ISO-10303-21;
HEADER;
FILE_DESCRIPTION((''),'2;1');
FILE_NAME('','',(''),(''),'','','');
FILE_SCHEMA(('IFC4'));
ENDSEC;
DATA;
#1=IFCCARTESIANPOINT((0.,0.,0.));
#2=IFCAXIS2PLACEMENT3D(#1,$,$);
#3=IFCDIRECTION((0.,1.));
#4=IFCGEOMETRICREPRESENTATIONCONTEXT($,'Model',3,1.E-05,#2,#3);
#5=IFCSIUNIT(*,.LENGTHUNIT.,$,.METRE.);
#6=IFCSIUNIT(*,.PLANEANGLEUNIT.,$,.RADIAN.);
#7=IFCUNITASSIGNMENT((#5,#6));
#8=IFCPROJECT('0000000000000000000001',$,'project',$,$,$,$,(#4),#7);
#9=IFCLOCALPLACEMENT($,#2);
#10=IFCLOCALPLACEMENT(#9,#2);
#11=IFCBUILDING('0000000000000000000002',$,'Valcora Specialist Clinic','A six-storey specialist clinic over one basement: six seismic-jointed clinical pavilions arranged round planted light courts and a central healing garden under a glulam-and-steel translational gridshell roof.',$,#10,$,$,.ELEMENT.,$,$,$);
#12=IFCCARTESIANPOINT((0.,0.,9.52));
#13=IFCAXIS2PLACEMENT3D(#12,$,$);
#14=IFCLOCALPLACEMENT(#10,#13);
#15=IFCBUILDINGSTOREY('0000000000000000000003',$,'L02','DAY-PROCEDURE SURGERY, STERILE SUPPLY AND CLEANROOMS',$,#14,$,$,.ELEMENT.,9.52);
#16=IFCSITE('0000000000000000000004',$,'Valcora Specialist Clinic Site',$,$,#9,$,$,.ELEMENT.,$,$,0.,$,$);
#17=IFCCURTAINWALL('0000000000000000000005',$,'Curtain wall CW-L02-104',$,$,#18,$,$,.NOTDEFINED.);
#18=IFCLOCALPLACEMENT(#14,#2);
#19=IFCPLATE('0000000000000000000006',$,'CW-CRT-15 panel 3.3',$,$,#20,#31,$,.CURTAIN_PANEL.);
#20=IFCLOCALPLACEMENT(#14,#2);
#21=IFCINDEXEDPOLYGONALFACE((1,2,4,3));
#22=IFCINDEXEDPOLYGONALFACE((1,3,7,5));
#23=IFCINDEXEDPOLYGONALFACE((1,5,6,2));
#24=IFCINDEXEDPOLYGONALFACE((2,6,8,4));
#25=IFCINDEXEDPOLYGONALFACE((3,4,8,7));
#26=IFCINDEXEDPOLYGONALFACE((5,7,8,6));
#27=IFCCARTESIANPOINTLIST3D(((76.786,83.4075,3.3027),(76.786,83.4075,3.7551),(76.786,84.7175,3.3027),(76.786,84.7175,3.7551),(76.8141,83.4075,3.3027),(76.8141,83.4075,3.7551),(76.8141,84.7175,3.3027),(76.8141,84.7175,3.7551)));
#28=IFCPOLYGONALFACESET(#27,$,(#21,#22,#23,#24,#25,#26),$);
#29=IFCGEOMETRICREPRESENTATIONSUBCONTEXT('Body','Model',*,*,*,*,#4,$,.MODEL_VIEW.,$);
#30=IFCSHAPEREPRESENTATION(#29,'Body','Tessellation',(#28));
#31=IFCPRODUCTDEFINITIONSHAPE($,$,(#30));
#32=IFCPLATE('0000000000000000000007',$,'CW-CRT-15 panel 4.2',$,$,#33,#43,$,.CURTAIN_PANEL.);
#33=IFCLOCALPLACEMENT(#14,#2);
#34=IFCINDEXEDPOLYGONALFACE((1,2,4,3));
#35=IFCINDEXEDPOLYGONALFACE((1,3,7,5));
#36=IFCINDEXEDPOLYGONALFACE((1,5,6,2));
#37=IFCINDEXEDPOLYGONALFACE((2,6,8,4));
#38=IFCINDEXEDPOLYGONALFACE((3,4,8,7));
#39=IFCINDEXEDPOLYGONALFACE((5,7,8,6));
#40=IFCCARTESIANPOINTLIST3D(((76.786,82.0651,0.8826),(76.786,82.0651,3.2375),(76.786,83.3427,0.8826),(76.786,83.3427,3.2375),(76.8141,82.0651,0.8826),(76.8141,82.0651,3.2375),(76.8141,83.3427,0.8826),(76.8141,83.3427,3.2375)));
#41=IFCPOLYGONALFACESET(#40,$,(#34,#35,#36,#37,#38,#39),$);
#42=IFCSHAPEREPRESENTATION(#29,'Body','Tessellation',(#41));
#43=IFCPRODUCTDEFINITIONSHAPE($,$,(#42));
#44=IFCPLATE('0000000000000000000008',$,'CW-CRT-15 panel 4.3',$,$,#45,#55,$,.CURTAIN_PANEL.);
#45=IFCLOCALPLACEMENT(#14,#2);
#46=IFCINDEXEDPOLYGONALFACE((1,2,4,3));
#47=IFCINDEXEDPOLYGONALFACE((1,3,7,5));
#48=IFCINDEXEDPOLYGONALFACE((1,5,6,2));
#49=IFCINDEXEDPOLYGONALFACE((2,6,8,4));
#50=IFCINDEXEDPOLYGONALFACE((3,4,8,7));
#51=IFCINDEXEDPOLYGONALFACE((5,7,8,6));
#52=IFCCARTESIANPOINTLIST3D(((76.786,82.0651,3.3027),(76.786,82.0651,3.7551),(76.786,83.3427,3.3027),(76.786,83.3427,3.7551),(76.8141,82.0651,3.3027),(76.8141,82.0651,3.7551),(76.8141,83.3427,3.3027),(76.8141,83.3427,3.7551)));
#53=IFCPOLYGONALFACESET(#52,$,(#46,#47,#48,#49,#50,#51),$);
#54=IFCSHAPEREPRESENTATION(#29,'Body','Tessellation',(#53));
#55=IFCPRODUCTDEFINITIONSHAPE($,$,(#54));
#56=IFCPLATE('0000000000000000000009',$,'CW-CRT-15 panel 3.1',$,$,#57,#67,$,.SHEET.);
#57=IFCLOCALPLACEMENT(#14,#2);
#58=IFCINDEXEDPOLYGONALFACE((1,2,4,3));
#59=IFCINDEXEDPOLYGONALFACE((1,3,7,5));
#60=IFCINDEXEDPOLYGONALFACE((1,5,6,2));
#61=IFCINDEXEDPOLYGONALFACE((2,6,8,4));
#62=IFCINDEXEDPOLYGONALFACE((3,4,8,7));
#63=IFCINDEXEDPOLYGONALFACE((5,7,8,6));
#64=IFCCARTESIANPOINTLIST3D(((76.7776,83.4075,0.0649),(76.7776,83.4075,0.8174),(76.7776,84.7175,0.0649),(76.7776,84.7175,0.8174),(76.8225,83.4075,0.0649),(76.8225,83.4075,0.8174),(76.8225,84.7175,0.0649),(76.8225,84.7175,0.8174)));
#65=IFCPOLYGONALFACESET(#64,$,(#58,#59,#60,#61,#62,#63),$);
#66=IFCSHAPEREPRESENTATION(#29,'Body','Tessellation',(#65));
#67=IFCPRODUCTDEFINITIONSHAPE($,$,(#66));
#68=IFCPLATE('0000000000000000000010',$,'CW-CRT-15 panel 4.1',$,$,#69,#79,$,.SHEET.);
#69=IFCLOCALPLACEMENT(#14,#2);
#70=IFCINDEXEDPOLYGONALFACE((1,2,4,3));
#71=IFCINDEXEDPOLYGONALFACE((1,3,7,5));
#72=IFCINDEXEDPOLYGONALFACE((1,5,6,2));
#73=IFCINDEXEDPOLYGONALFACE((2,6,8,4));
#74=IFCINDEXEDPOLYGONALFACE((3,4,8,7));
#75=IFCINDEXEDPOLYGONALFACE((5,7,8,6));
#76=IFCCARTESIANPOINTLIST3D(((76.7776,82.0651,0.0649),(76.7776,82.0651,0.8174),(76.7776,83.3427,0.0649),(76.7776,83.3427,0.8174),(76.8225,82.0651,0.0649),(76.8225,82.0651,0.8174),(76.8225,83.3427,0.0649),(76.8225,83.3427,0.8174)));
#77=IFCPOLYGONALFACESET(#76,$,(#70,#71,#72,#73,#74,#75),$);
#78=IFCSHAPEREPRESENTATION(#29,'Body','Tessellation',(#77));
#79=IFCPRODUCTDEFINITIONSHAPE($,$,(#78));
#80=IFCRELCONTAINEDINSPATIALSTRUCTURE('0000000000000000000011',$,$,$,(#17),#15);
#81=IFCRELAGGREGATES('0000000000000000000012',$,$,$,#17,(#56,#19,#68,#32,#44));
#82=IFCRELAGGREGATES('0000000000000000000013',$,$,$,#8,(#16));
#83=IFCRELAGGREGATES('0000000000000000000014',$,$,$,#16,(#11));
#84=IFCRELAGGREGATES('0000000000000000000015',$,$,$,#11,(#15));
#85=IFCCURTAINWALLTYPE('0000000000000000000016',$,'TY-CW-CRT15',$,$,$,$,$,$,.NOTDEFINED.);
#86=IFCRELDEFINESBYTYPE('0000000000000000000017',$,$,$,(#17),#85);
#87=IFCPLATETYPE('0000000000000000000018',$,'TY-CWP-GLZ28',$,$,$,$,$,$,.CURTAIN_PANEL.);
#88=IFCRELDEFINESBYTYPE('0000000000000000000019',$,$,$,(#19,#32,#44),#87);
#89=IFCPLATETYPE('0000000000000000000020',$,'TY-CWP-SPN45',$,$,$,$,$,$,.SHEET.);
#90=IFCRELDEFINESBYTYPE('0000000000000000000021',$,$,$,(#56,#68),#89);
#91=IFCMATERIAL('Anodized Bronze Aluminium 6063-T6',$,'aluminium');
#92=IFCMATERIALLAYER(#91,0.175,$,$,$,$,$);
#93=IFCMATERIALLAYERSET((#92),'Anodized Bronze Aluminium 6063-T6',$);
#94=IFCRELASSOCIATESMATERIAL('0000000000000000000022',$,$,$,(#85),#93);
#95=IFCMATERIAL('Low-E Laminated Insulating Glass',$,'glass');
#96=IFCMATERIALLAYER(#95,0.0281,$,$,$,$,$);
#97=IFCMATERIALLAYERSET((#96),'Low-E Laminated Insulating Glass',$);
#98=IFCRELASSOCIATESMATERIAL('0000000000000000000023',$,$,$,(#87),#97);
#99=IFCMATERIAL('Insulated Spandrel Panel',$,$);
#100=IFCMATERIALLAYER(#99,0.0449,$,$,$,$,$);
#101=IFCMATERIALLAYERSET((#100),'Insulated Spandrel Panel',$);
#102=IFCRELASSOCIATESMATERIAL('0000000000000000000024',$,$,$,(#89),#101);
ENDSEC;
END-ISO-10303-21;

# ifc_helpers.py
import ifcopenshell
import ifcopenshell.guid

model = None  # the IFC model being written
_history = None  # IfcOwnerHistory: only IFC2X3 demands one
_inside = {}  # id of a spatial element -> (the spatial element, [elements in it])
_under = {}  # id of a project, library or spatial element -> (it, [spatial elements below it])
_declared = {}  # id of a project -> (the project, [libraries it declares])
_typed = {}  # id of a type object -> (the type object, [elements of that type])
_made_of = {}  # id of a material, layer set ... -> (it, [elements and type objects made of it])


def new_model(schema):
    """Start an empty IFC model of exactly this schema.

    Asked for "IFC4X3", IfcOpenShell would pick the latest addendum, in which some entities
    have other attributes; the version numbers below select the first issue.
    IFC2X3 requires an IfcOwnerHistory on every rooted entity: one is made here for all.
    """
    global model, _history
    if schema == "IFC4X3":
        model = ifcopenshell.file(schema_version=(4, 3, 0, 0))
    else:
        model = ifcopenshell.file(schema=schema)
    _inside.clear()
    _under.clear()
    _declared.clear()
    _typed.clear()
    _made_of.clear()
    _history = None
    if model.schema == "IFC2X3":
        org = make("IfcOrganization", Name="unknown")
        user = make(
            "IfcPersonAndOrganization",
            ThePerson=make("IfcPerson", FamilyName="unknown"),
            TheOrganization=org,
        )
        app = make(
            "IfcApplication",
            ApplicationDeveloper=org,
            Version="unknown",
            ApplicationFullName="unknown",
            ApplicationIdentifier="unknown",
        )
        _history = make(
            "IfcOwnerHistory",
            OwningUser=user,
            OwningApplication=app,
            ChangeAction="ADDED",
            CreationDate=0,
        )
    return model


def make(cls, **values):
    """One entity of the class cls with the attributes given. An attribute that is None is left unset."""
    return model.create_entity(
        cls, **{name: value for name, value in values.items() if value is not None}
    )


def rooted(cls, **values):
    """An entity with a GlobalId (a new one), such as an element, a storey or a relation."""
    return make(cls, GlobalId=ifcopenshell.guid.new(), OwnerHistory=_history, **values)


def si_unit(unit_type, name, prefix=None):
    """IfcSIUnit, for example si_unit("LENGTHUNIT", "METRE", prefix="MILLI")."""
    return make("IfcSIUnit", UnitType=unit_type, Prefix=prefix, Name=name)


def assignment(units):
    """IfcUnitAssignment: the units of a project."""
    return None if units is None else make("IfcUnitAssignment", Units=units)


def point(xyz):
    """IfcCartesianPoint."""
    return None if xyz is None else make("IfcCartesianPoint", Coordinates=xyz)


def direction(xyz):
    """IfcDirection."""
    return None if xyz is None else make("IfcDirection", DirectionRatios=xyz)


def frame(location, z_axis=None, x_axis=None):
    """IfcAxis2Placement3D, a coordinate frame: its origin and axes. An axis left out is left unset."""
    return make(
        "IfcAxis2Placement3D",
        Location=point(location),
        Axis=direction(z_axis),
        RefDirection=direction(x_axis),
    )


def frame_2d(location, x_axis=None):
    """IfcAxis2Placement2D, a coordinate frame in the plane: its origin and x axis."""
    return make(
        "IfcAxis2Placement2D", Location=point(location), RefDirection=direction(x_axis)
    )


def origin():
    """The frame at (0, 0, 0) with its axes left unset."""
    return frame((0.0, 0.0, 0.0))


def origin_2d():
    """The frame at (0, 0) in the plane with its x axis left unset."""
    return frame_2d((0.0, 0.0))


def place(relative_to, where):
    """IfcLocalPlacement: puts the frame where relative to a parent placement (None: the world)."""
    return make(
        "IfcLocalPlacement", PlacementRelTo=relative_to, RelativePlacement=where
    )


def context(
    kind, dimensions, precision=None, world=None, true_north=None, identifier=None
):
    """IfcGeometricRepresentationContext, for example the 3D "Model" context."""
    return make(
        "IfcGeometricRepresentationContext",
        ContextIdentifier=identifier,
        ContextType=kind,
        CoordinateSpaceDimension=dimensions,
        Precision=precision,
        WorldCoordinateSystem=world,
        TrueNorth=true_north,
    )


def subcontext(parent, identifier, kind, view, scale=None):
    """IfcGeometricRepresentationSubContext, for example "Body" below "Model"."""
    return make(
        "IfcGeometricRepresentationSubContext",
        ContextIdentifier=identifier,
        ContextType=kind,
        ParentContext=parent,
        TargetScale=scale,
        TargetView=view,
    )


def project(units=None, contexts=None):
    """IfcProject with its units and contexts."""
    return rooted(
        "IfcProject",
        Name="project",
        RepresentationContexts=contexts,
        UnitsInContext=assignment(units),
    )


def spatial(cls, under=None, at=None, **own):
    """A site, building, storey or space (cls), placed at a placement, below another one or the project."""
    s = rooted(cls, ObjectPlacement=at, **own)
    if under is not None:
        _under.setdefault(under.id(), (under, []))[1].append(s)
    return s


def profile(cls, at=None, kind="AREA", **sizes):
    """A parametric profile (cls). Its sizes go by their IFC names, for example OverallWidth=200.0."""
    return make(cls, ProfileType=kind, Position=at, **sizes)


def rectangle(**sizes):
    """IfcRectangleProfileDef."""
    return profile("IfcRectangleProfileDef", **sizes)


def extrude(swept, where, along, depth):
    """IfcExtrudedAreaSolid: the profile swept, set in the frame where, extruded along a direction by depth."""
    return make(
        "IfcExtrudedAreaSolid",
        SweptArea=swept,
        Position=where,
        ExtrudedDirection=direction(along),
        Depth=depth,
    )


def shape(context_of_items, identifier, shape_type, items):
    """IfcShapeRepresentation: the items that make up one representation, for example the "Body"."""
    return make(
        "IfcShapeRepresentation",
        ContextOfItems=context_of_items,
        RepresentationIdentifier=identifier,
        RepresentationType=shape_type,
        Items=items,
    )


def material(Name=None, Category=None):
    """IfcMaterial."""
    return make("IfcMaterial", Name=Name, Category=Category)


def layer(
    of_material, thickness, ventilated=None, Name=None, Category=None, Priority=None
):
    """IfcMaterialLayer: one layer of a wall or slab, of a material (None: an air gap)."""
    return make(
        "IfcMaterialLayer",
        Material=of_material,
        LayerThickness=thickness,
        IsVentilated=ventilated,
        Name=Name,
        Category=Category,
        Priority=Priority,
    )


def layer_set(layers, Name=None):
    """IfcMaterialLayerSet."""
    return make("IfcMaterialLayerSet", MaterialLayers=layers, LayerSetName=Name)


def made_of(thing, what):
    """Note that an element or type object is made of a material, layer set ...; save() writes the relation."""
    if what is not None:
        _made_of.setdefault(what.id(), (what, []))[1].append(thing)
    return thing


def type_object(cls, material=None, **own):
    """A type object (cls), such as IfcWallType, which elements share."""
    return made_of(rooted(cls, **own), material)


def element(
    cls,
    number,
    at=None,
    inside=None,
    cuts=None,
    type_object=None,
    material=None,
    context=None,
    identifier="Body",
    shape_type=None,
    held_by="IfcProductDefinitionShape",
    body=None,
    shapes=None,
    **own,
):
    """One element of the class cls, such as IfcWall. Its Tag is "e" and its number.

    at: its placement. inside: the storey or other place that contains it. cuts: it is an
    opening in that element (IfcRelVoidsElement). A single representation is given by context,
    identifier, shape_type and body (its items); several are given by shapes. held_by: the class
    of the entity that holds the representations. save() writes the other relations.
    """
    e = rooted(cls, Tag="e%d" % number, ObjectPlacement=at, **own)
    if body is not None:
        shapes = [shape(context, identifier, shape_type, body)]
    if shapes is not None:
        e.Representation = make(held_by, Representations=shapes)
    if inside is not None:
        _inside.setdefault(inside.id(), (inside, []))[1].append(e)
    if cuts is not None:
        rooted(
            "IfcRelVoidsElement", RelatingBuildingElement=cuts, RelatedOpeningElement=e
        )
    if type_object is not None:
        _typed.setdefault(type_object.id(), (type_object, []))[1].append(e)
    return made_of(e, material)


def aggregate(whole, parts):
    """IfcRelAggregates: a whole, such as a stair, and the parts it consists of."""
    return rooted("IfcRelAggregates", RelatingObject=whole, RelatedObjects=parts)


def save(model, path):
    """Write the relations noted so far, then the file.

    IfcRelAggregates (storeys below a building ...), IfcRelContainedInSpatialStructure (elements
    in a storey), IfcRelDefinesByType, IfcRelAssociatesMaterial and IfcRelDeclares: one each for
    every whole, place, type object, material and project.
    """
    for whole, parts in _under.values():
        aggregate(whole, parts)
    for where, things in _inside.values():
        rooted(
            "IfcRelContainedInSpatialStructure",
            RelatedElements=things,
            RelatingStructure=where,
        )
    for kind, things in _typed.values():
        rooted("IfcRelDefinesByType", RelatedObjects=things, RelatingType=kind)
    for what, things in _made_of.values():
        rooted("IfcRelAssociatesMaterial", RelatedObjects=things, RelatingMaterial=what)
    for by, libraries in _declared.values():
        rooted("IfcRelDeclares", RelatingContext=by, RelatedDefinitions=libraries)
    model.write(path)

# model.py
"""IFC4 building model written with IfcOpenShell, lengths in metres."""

from ifc_helpers import new_model, si_unit, direction, frame, origin, origin_2d, place, context, subcontext, project, spatial, rectangle, extrude, material, layer, layer_set, type_object, element, aggregate, save


model = new_model("IFC4")

# Units and contexts
model_context = context("Model", 3, precision=1e-05, world=origin(), true_north=direction((0.0, 1.0)))
body_context = subcontext(model_context, "Body", "Model", "MODEL_VIEW")
ifc_project = project(units=[si_unit("LENGTHUNIT", "METRE"), si_unit("PLANEANGLEUNIT", "RADIAN")], contexts=[model_context])

# Site, building, storey
site_placement = place(None, origin())
site = spatial("IfcSite", under=ifc_project, at=site_placement, Name="Valcora Specialist Clinic Site", CompositionType="ELEMENT", RefElevation=0.0)
building_placement = place(site_placement, origin())
building = spatial("IfcBuilding", under=site, at=building_placement, Name="Valcora Specialist Clinic", Description="A six-storey specialist clinic over one basement: six seismic-jointed clinical pavilions arranged round planted light courts and a central healing garden under a glulam-and-steel translational gridshell roof.", CompositionType="ELEMENT")
storey_placement = place(building_placement, frame((0.0, 0.0, 9.52)))
storey = spatial("IfcBuildingStorey", under=building, at=storey_placement, Name="L02", Description="DAY-PROCEDURE SURGERY, STERILE SUPPLY AND CLEANROOMS", CompositionType="ELEMENT", Elevation=9.52)

# Curtain wall, plates
ifc_material_1 = material(Name="Anodized Bronze Aluminium 6063-T6", Category="aluminium")
ifc_layer_1 = layer(ifc_material_1, 0.175)
ifc_layer_set_1 = layer_set([ifc_layer_1], Name="Anodized Bronze Aluminium 6063-T6")
curtain_wall_type = type_object("IfcCurtainWallType", Name="TY-CW-CRT15", PredefinedType="NOTDEFINED", material=ifc_layer_set_1)
curtain_wall_placement = place(storey_placement, origin())
curtain_wall = element("IfcCurtainWall", 1, at=curtain_wall_placement, inside=storey, type_object=curtain_wall_type, Name="Curtain wall CW-L02-104", PredefinedType="NOTDEFINED")
ifc_material_2 = material(Name="Low-E Laminated Insulating Glass", Category="glass")
ifc_layer_2 = layer(ifc_material_2, 0.0281)
ifc_layer_set_2 = layer_set([ifc_layer_2], Name="Low-E Laminated Insulating Glass")
plate_type_1 = type_object("IfcPlateType", Name="TY-CWP-GLZ28", PredefinedType="CURTAIN_PANEL", material=ifc_layer_set_2)
plate_1_placement = place(storey_placement, frame((76.8, 84.0625, 3.3027), z_axis=(0.0, 0.0, 1.0), x_axis=(0.0, -1.0, 0.0)))
plate_1 = element("IfcPlate", 2, at=plate_1_placement, type_object=plate_type_1, Name="CW-CRT-15 panel 3.3", PredefinedType="CURTAIN_PANEL", context=body_context, shape_type="SweptSolid", body=[
    extrude(rectangle(XDim=1.3101, YDim=0.0281, at=origin_2d()), origin(), (0.0, 0.0, 1.0), 0.4524),
])
plate_2_placement = place(storey_placement, frame((76.8, 82.7039, 0.8826), z_axis=(0.0, 0.0, 1.0), x_axis=(0.0, -1.0, 0.0)))
plate_2 = element("IfcPlate", 3, at=plate_2_placement, type_object=plate_type_1, Name="CW-CRT-15 panel 4.2", PredefinedType="CURTAIN_PANEL", context=body_context, shape_type="SweptSolid", body=[
    extrude(rectangle(XDim=1.2776, YDim=0.0281, at=origin_2d()), origin(), (0.0, 0.0, 1.0), 2.355),
])
plate_3_placement = place(storey_placement, frame((76.8, 82.7039, 3.3027), z_axis=(0.0, 0.0, 1.0), x_axis=(0.0, -1.0, 0.0)))
plate_3 = element("IfcPlate", 4, at=plate_3_placement, type_object=plate_type_1, Name="CW-CRT-15 panel 4.3", PredefinedType="CURTAIN_PANEL", context=body_context, shape_type="SweptSolid", body=[
    extrude(rectangle(XDim=1.2776, YDim=0.0281, at=origin_2d()), origin(), (0.0, 0.0, 1.0), 0.4524),
])
ifc_material_3 = material(Name="Insulated Spandrel Panel")
ifc_layer_3 = layer(ifc_material_3, 0.0449)
ifc_layer_set_3 = layer_set([ifc_layer_3], Name="Insulated Spandrel Panel")
plate_type_2 = type_object("IfcPlateType", Name="TY-CWP-SPN45", PredefinedType="SHEET", material=ifc_layer_set_3)
plate_4_placement = place(storey_placement, frame((76.8, 84.0625, 0.0649), z_axis=(0.0, 0.0, 1.0), x_axis=(0.0, -1.0, 0.0)))
plate_4 = element("IfcPlate", 5, at=plate_4_placement, type_object=plate_type_2, Name="CW-CRT-15 panel 3.1", PredefinedType="SHEET", context=body_context, shape_type="SweptSolid", body=[
    extrude(rectangle(XDim=1.3101, YDim=0.0449, at=origin_2d()), origin(), (0.0, 0.0, 1.0), 0.7524),
])
plate_5_placement = place(storey_placement, frame((76.8, 82.7039, 0.0649), z_axis=(0.0, 0.0, 1.0), x_axis=(0.0, -1.0, 0.0)))
plate_5 = element("IfcPlate", 6, at=plate_5_placement, type_object=plate_type_2, Name="CW-CRT-15 panel 4.1", PredefinedType="SHEET", context=body_context, shape_type="SweptSolid", body=[
    extrude(rectangle(XDim=1.2776, YDim=0.0449, at=origin_2d()), origin(), (0.0, 0.0, 1.0), 0.7524),
])
aggregate(curtain_wall, [plate_4, plate_1, plate_5, plate_2, plate_3])

save(model, "model.ifc")
